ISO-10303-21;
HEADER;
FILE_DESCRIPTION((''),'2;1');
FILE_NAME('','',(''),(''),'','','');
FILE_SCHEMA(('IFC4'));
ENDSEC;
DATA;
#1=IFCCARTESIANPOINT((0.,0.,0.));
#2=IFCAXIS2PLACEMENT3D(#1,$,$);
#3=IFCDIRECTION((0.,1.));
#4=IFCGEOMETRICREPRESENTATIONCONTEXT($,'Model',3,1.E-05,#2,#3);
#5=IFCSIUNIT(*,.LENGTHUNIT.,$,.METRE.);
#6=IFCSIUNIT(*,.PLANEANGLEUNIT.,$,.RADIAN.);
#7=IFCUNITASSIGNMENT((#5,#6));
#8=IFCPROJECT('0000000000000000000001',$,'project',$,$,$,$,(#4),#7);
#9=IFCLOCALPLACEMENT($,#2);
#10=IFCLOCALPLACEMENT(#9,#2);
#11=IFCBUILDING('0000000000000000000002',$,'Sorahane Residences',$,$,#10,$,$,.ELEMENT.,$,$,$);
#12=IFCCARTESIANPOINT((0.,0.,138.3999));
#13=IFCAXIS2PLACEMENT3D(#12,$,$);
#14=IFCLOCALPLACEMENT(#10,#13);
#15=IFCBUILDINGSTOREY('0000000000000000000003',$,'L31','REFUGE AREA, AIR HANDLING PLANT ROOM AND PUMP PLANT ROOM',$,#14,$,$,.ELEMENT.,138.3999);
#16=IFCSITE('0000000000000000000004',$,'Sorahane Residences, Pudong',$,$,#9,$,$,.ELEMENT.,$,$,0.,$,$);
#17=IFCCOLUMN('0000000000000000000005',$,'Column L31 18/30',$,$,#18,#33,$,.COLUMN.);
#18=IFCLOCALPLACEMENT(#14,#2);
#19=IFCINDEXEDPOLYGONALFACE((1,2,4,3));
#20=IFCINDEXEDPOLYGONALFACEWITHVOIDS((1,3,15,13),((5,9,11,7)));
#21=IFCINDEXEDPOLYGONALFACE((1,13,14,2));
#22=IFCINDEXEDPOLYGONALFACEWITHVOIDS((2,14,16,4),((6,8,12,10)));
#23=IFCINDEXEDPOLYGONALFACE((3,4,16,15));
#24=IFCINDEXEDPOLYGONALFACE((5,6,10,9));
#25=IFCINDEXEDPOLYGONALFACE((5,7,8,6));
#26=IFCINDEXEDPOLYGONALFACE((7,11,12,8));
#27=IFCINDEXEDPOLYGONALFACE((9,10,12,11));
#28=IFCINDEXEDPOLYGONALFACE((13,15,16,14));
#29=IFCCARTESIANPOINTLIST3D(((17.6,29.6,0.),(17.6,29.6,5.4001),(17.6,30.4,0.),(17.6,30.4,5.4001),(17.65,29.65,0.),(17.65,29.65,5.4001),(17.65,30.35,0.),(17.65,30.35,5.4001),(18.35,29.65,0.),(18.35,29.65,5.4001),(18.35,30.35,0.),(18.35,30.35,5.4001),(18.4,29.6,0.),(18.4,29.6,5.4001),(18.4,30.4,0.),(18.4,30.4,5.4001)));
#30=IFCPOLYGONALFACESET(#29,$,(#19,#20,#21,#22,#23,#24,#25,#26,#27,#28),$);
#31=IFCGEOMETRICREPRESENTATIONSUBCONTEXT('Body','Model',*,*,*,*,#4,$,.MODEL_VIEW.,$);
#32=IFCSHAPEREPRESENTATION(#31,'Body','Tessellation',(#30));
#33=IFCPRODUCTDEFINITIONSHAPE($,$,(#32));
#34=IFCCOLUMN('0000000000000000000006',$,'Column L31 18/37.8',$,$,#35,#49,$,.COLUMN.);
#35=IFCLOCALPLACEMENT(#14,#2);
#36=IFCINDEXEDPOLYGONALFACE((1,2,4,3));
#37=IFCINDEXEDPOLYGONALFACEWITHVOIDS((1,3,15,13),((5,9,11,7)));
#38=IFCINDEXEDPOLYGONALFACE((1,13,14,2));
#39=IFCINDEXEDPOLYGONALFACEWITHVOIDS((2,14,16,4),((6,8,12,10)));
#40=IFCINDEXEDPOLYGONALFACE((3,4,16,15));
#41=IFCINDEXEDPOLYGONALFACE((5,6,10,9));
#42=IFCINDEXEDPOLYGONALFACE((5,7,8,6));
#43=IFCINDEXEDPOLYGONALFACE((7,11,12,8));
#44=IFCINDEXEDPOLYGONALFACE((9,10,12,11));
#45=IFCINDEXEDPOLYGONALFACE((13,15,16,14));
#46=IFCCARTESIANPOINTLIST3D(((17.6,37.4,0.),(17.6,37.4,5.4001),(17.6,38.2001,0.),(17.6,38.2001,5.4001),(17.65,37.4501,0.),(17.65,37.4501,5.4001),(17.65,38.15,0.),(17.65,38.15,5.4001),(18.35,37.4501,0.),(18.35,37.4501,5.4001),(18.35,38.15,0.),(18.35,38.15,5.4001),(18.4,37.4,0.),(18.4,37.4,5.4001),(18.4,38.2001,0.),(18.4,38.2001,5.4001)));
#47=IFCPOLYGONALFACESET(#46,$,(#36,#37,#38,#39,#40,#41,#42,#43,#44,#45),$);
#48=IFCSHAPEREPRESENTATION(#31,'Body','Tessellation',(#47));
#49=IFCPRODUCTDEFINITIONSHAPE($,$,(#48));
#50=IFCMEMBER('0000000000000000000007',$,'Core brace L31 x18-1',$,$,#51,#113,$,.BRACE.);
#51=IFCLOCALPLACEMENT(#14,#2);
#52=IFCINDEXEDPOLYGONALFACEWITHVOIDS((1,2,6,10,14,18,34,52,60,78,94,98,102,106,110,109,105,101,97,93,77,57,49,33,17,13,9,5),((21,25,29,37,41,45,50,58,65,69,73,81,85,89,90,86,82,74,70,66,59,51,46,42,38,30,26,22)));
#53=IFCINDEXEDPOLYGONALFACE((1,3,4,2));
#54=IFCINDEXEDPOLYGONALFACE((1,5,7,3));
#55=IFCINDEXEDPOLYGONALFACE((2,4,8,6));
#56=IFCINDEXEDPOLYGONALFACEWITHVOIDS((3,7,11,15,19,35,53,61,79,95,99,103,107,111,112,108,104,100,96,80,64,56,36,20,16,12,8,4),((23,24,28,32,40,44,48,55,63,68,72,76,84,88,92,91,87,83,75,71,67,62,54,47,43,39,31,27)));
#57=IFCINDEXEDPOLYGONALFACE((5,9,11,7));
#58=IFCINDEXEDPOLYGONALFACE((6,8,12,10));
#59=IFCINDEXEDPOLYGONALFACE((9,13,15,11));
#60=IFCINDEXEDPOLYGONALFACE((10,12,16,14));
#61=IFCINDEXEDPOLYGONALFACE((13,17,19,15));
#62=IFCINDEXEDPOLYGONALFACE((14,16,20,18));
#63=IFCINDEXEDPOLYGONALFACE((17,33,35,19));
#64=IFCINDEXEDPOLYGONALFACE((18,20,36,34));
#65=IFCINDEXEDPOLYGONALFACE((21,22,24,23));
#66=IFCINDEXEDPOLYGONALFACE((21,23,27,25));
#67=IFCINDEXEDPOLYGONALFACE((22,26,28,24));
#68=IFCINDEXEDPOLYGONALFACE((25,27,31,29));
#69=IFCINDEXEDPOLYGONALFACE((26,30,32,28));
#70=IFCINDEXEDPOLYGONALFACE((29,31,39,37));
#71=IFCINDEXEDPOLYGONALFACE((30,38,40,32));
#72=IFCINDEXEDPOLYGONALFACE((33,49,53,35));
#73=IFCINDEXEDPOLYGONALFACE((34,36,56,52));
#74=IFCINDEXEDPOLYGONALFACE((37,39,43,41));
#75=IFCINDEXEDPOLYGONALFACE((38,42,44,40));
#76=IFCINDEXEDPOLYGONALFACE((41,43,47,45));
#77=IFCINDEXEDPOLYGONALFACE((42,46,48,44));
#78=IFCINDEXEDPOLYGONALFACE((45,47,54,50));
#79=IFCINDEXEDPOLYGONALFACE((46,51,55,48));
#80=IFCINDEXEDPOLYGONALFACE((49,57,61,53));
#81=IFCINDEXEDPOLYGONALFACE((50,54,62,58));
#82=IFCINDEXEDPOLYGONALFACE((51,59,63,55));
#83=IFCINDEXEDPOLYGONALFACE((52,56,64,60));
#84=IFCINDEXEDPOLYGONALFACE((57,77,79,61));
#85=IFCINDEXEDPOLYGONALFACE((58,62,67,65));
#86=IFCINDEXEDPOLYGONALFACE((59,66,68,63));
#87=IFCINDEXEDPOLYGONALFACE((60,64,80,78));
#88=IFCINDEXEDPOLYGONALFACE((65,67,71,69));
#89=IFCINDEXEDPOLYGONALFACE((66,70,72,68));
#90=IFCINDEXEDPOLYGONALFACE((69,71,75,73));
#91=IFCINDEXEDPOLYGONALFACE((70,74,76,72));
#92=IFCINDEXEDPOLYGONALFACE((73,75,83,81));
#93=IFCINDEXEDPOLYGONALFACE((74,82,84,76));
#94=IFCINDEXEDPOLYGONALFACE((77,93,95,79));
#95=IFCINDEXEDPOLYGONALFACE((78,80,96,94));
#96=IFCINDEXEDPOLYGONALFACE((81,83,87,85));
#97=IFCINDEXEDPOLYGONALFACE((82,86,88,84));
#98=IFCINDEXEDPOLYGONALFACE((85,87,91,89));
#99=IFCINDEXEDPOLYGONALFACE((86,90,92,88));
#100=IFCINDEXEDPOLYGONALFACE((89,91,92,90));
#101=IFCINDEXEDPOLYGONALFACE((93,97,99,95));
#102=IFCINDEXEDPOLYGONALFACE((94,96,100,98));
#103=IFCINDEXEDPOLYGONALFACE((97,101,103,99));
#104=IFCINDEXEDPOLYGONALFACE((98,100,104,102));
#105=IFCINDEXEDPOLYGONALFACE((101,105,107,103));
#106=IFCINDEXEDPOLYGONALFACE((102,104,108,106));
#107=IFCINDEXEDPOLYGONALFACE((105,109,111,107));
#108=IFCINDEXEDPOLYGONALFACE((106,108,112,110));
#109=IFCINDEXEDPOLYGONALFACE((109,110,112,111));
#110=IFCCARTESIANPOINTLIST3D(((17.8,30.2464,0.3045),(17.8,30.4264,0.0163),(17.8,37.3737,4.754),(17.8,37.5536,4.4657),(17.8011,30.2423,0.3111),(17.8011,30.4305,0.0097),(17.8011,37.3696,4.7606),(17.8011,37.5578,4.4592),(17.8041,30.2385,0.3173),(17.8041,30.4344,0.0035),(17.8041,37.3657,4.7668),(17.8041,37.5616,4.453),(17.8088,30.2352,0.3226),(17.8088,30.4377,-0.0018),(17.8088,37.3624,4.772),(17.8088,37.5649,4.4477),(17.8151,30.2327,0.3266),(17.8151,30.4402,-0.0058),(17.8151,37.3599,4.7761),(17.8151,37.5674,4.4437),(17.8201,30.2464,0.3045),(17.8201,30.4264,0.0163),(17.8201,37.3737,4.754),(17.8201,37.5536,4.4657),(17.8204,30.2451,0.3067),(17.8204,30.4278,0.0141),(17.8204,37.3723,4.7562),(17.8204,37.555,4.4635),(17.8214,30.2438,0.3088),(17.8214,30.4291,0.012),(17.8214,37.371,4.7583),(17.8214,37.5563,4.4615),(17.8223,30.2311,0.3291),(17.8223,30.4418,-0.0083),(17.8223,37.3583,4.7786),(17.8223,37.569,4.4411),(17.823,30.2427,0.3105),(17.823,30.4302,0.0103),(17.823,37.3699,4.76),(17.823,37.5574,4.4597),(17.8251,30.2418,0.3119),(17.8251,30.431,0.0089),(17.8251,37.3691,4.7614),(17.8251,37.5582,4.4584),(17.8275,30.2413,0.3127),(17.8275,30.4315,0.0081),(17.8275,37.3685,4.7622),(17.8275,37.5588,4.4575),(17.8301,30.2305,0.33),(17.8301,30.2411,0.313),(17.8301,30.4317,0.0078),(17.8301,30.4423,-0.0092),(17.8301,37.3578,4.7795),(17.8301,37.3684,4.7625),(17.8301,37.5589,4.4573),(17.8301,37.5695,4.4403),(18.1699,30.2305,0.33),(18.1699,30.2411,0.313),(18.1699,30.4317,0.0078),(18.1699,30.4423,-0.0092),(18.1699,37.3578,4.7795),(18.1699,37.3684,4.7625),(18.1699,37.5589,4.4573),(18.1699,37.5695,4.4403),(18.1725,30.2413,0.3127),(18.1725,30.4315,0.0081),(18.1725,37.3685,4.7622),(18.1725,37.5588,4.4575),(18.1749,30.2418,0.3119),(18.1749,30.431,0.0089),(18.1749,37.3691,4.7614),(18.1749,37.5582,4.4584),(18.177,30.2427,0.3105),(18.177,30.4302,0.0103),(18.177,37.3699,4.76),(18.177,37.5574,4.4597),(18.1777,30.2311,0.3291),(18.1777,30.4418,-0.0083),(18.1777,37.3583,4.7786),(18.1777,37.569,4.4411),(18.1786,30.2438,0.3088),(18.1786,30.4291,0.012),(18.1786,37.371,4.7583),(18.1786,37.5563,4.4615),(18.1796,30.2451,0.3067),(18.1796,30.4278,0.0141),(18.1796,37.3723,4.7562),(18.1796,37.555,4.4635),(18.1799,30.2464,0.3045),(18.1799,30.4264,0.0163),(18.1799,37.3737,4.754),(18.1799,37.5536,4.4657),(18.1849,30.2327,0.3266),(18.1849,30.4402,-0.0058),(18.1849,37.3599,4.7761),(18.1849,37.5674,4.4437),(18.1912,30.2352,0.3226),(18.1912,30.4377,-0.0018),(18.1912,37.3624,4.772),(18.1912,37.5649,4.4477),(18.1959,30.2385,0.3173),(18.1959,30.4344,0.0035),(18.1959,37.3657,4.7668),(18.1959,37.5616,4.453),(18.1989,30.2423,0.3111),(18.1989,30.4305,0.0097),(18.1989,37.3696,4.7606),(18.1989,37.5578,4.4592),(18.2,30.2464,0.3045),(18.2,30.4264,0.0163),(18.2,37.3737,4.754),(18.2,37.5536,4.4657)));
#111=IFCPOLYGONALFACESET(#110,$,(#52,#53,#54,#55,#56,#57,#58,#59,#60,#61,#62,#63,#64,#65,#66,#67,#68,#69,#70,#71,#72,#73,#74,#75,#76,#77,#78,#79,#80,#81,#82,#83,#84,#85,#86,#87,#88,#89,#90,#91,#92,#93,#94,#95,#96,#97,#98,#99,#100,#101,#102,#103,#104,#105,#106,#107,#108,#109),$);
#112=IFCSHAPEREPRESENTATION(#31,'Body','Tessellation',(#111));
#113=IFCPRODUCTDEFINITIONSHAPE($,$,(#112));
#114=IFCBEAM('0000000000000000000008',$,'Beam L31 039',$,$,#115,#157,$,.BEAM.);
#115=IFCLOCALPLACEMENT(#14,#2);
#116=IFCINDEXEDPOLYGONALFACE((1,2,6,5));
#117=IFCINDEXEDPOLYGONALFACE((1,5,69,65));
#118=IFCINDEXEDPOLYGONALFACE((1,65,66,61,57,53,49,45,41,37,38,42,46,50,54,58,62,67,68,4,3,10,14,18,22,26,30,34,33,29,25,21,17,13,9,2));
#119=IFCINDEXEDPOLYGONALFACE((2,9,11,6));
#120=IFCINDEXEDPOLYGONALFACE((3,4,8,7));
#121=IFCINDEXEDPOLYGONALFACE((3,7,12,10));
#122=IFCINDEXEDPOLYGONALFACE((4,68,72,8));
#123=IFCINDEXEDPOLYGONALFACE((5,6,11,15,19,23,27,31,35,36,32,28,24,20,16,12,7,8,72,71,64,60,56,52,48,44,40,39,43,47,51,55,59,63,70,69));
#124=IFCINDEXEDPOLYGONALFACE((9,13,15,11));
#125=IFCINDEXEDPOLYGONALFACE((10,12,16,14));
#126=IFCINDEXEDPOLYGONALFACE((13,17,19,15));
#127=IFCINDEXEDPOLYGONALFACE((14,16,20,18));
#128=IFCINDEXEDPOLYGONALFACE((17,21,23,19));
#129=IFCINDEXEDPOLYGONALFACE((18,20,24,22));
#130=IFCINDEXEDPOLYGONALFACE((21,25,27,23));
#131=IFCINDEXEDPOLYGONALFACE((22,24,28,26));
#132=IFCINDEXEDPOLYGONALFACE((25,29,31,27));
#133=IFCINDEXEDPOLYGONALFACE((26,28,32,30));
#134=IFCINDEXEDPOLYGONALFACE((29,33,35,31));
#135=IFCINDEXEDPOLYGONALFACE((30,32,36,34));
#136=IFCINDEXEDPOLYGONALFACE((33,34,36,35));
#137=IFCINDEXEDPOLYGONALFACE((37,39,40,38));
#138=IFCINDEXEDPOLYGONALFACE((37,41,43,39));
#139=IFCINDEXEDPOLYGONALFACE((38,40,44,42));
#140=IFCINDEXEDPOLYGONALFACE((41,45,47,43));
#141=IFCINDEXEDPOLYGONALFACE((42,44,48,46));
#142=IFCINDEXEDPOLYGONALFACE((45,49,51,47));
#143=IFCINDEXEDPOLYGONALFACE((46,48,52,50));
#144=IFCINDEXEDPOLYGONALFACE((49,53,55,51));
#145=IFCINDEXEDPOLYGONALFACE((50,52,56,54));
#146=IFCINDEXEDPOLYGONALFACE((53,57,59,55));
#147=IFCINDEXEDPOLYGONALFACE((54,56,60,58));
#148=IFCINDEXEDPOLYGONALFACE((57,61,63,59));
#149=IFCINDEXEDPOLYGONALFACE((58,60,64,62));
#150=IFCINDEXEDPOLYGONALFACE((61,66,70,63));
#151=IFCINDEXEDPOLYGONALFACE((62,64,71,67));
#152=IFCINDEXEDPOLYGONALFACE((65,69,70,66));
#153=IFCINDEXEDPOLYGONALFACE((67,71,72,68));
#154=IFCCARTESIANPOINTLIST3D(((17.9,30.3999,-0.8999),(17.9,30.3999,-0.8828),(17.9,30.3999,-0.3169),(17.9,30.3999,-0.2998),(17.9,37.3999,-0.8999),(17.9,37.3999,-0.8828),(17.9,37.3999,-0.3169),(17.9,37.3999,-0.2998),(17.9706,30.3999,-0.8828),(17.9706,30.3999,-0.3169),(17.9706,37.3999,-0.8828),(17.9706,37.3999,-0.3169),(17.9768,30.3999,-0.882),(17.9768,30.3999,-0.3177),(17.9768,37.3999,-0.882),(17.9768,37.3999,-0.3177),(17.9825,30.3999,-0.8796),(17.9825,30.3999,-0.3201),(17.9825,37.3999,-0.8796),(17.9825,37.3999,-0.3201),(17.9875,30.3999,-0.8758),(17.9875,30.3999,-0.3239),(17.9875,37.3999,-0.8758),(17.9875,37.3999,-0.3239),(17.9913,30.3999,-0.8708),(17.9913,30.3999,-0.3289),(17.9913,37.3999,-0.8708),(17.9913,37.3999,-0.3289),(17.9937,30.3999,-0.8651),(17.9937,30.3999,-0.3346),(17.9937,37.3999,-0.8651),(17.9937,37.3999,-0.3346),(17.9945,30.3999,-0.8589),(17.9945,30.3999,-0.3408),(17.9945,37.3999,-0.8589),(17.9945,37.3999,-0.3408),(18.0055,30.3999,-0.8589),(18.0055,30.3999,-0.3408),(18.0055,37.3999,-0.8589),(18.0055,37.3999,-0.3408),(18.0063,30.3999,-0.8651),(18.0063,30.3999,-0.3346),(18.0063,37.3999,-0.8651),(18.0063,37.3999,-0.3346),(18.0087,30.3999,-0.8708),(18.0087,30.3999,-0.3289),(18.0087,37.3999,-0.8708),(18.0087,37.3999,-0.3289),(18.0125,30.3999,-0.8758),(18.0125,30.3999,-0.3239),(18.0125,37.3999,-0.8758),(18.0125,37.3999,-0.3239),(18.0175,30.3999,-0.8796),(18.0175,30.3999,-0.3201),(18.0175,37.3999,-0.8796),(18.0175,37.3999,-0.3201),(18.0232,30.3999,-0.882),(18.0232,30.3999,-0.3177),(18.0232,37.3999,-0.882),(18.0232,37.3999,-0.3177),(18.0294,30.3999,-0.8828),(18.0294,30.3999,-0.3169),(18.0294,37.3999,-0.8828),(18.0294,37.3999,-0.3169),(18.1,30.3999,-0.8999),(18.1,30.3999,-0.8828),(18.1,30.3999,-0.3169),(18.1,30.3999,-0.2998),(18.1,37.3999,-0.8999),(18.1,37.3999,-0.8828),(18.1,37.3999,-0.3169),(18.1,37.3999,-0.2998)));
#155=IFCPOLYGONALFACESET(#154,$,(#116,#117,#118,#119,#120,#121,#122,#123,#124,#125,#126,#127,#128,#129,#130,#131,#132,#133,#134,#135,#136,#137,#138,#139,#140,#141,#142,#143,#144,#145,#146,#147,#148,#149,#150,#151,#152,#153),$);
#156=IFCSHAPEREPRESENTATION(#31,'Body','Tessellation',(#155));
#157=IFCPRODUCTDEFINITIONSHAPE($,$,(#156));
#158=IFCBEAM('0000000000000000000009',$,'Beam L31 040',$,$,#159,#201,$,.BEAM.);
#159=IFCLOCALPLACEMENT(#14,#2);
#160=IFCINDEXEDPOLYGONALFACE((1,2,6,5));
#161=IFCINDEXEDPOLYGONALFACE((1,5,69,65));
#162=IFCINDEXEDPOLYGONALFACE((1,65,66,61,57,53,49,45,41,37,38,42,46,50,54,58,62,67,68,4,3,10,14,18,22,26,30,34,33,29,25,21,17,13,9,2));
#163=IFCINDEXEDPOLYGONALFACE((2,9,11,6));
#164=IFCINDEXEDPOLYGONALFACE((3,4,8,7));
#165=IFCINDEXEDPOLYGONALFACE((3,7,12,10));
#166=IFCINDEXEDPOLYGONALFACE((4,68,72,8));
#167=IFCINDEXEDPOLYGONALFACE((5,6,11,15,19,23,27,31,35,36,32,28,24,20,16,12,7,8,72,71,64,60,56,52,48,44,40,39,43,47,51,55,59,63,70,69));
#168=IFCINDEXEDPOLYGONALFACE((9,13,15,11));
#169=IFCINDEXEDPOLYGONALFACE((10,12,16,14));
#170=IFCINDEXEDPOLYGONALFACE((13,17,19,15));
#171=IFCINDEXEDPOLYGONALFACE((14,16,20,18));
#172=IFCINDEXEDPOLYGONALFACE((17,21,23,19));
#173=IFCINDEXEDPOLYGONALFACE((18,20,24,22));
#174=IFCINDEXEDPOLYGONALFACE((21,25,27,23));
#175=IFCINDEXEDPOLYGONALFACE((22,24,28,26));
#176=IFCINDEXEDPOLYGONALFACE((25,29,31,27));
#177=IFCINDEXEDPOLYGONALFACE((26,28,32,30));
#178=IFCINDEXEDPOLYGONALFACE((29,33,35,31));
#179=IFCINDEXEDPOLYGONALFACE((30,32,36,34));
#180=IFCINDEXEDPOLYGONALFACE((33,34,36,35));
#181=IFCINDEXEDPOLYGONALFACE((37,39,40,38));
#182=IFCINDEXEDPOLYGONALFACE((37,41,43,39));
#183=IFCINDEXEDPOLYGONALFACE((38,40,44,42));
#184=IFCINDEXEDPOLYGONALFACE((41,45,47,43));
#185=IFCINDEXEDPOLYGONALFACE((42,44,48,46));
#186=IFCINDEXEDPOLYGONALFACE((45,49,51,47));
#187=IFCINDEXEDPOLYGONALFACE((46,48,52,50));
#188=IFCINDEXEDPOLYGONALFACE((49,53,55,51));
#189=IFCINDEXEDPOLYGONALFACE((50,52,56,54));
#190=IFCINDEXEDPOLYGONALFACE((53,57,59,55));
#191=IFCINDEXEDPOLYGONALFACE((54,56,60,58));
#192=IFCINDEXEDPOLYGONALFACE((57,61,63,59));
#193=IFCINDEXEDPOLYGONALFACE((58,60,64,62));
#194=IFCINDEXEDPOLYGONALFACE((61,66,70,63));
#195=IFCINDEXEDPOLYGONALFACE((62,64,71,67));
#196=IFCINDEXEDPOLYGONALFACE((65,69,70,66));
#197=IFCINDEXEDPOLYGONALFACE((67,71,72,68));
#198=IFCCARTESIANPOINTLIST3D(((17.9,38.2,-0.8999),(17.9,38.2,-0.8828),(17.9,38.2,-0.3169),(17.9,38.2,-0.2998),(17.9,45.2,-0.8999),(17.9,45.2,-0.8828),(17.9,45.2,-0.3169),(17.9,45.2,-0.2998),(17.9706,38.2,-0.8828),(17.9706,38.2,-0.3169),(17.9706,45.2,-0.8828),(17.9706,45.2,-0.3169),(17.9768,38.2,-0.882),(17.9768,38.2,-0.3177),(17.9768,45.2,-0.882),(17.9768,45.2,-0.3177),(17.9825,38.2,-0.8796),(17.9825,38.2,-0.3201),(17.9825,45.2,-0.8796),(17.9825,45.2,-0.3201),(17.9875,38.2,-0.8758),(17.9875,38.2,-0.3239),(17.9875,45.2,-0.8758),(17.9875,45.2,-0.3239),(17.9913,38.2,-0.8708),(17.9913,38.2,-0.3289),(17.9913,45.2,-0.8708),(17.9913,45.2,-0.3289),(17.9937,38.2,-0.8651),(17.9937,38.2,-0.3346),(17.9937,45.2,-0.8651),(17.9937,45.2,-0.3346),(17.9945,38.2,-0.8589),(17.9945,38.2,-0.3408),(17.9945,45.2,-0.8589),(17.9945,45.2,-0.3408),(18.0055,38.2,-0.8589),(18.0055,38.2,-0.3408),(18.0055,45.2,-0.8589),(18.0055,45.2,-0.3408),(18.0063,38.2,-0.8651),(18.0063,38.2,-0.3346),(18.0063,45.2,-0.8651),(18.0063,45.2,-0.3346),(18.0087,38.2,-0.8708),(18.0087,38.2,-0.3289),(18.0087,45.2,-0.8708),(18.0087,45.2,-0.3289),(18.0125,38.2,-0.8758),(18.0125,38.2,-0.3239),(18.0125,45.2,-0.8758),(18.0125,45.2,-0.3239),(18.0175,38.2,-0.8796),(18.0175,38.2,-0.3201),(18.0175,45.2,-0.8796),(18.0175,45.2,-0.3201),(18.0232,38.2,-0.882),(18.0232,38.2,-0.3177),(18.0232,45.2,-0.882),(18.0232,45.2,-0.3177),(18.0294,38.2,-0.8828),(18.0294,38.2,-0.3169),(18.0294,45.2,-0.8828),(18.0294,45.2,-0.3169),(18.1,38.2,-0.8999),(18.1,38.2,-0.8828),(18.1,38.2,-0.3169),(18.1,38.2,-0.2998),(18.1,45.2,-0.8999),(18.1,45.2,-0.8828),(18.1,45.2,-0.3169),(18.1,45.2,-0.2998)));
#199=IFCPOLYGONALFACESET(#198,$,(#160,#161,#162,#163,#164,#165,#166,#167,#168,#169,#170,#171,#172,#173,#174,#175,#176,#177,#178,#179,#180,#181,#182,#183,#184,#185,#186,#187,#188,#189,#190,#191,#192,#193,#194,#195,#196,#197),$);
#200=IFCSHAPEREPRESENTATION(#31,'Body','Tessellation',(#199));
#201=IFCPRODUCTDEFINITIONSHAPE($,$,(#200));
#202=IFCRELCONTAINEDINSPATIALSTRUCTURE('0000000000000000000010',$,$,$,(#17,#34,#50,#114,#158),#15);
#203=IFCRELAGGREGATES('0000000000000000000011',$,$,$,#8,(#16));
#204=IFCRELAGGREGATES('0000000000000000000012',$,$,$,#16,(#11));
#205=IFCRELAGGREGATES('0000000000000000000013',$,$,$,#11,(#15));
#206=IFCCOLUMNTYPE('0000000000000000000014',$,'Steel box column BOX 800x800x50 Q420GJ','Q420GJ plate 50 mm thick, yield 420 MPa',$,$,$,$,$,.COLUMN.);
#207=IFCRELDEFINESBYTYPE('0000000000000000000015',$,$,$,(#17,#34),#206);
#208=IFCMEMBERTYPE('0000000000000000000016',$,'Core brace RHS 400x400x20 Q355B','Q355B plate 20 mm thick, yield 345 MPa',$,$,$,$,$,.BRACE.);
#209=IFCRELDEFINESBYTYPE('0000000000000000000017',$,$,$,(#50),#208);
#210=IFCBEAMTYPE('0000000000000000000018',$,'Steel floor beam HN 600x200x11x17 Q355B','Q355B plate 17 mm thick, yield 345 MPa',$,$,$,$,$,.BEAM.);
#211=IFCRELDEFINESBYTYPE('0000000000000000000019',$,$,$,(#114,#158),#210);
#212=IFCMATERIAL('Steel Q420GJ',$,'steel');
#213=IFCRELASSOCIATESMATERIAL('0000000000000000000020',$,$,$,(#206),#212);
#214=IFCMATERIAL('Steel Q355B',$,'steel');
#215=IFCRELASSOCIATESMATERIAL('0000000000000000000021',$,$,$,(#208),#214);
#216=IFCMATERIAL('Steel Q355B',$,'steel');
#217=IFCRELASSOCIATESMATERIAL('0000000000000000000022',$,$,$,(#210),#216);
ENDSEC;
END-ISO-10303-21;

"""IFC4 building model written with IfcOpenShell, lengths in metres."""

from ifc_helpers import new_model, si_unit, direction, frame, origin, origin_2d, place, context, subcontext, project, spatial, hollow_rectangle, i_section, extrude, material, material_profile, profile_set, type_object, element, save


model = new_model("IFC4")

# Units and contexts
model_context = context("Model", 3, precision=1e-05, world=origin(), true_north=direction((0.0, 1.0)))
body_context = subcontext(model_context, "Body", "Model", "MODEL_VIEW")
ifc_project = project(units=[si_unit("LENGTHUNIT", "METRE"), si_unit("PLANEANGLEUNIT", "RADIAN")], contexts=[model_context])

# Site, building, storey
site_placement = place(None, origin())
site = spatial("IfcSite", under=ifc_project, at=site_placement, Name="Sorahane Residences, Pudong", CompositionType="ELEMENT", RefElevation=0.0)
building_placement = place(site_placement, origin())
building = spatial("IfcBuilding", under=site, at=building_placement, Name="Sorahane Residences", CompositionType="ELEMENT")
storey_placement = place(building_placement, frame((0.0, 0.0, 138.3999)))
storey = spatial("IfcBuildingStorey", under=building, at=storey_placement, Name="L31", Description="REFUGE AREA, AIR HANDLING PLANT ROOM AND PUMP PLANT ROOM", CompositionType="ELEMENT", Elevation=138.3999)

# Columns
ifc_material_1 = material(Name="Steel Q420GJ", Category="steel")
ifc_material_profile_1 = material_profile(ifc_material_1, hollow_rectangle(XDim=0.8, YDim=0.8, WallThickness=0.05, at=origin_2d()), Name="BOX 800x800x50")
ifc_profile_set_1 = profile_set([ifc_material_profile_1], Name="Steel Q420GJ")
column_type = type_object("IfcColumnType", Name="Steel box column BOX 800x800x50 Q420GJ", Description="Q420GJ plate 50 mm thick, yield 420 MPa", PredefinedType="COLUMN", material=ifc_profile_set_1)
for number, where, z_axis, x_axis, name in (
    (1, (18.0, 30.0, 0.0), (0.0, 0.0, 1.0), (1.0, 0.0, 0.0), "Column L31 18/30"),
    (2, (18.0, 37.8, 0.0), (0.0, 0.0, 1.0), (1.0, 0.0, 0.0), "Column L31 18/37.8"),
):
    element("IfcColumn", number, at=place(storey_placement, frame(where, z_axis=z_axis, x_axis=x_axis)), inside=storey, type_object=column_type, Name=name, PredefinedType="COLUMN", context=body_context, shape_type="SweptSolid", body=[
        extrude(hollow_rectangle(XDim=0.8, YDim=0.8, WallThickness=0.05, at=origin_2d()), origin(), (0.0, 0.0, 1.0), 5.4001),
    ])

# Member
ifc_material_2 = material(Name="Steel Q355B", Category="steel")
ifc_material_profile_2 = material_profile(ifc_material_2, hollow_rectangle(XDim=0.3999, YDim=0.3999, WallThickness=0.02, InnerFilletRadius=0.01, OuterFilletRadius=0.03, at=origin_2d()), Name="RHS 400x400x20")
ifc_profile_set_2 = profile_set([ifc_material_profile_2], Name="Steel Q355B")
member_type = type_object("IfcMemberType", Name="Core brace RHS 400x400x20 Q355B", Description="Q355B plate 20 mm thick, yield 345 MPa", PredefinedType="BRACE", material=ifc_profile_set_2)
member_placement = place(storey_placement, frame((18.0, 30.3364, 0.1604), z_axis=(0.0, 0.848268, 0.529568), x_axis=(-1.0, 0.0, 0.0)))
element("IfcMember", 3, at=member_placement, inside=storey, type_object=member_type, Name="Core brace L31 x18-1", PredefinedType="BRACE", context=body_context, shape_type="SweptSolid", body=[
    extrude(hollow_rectangle(XDim=0.3999, YDim=0.3999, WallThickness=0.02, InnerFilletRadius=0.01, OuterFilletRadius=0.03, at=origin_2d()), origin(), (0.0, 0.0, 1.0), 8.4021),
])

# Beams
ifc_material_3 = material(Name="Steel Q355B", Category="steel")
ifc_material_profile_3 = material_profile(ifc_material_3, i_section(OverallWidth=0.2, OverallDepth=0.6001, WebThickness=0.011, FlangeThickness=0.0171, FilletRadius=0.0239, at=origin_2d()), Name="HN 600x200x11x17")
ifc_profile_set_3 = profile_set([ifc_material_profile_3], Name="Steel Q355B")
beam_type = type_object("IfcBeamType", Name="Steel floor beam HN 600x200x11x17 Q355B", Description="Q355B plate 17 mm thick, yield 345 MPa", PredefinedType="BEAM", material=ifc_profile_set_3)
for number, where, z_axis, x_axis, name in (
    (4, (18.0, 30.3999, -0.5999), (0.0, 1.0, 0.0), (-1.0, 0.0, 0.0), "Beam L31 039"),
    (5, (18.0, 38.2, -0.5999), (0.0, 1.0, 0.0), (-1.0, 0.0, 0.0), "Beam L31 040"),
):
    element("IfcBeam", number, at=place(storey_placement, frame(where, z_axis=z_axis, x_axis=x_axis)), inside=storey, type_object=beam_type, Name=name, PredefinedType="BEAM", context=body_context, shape_type="SweptSolid", body=[
        extrude(i_section(OverallWidth=0.2, OverallDepth=0.6001, WebThickness=0.011, FlangeThickness=0.0171, FilletRadius=0.0239, at=origin_2d()), origin(), (0.0, 0.0, 1.0), 7.0),
    ])

save(model, "model.ifc")
